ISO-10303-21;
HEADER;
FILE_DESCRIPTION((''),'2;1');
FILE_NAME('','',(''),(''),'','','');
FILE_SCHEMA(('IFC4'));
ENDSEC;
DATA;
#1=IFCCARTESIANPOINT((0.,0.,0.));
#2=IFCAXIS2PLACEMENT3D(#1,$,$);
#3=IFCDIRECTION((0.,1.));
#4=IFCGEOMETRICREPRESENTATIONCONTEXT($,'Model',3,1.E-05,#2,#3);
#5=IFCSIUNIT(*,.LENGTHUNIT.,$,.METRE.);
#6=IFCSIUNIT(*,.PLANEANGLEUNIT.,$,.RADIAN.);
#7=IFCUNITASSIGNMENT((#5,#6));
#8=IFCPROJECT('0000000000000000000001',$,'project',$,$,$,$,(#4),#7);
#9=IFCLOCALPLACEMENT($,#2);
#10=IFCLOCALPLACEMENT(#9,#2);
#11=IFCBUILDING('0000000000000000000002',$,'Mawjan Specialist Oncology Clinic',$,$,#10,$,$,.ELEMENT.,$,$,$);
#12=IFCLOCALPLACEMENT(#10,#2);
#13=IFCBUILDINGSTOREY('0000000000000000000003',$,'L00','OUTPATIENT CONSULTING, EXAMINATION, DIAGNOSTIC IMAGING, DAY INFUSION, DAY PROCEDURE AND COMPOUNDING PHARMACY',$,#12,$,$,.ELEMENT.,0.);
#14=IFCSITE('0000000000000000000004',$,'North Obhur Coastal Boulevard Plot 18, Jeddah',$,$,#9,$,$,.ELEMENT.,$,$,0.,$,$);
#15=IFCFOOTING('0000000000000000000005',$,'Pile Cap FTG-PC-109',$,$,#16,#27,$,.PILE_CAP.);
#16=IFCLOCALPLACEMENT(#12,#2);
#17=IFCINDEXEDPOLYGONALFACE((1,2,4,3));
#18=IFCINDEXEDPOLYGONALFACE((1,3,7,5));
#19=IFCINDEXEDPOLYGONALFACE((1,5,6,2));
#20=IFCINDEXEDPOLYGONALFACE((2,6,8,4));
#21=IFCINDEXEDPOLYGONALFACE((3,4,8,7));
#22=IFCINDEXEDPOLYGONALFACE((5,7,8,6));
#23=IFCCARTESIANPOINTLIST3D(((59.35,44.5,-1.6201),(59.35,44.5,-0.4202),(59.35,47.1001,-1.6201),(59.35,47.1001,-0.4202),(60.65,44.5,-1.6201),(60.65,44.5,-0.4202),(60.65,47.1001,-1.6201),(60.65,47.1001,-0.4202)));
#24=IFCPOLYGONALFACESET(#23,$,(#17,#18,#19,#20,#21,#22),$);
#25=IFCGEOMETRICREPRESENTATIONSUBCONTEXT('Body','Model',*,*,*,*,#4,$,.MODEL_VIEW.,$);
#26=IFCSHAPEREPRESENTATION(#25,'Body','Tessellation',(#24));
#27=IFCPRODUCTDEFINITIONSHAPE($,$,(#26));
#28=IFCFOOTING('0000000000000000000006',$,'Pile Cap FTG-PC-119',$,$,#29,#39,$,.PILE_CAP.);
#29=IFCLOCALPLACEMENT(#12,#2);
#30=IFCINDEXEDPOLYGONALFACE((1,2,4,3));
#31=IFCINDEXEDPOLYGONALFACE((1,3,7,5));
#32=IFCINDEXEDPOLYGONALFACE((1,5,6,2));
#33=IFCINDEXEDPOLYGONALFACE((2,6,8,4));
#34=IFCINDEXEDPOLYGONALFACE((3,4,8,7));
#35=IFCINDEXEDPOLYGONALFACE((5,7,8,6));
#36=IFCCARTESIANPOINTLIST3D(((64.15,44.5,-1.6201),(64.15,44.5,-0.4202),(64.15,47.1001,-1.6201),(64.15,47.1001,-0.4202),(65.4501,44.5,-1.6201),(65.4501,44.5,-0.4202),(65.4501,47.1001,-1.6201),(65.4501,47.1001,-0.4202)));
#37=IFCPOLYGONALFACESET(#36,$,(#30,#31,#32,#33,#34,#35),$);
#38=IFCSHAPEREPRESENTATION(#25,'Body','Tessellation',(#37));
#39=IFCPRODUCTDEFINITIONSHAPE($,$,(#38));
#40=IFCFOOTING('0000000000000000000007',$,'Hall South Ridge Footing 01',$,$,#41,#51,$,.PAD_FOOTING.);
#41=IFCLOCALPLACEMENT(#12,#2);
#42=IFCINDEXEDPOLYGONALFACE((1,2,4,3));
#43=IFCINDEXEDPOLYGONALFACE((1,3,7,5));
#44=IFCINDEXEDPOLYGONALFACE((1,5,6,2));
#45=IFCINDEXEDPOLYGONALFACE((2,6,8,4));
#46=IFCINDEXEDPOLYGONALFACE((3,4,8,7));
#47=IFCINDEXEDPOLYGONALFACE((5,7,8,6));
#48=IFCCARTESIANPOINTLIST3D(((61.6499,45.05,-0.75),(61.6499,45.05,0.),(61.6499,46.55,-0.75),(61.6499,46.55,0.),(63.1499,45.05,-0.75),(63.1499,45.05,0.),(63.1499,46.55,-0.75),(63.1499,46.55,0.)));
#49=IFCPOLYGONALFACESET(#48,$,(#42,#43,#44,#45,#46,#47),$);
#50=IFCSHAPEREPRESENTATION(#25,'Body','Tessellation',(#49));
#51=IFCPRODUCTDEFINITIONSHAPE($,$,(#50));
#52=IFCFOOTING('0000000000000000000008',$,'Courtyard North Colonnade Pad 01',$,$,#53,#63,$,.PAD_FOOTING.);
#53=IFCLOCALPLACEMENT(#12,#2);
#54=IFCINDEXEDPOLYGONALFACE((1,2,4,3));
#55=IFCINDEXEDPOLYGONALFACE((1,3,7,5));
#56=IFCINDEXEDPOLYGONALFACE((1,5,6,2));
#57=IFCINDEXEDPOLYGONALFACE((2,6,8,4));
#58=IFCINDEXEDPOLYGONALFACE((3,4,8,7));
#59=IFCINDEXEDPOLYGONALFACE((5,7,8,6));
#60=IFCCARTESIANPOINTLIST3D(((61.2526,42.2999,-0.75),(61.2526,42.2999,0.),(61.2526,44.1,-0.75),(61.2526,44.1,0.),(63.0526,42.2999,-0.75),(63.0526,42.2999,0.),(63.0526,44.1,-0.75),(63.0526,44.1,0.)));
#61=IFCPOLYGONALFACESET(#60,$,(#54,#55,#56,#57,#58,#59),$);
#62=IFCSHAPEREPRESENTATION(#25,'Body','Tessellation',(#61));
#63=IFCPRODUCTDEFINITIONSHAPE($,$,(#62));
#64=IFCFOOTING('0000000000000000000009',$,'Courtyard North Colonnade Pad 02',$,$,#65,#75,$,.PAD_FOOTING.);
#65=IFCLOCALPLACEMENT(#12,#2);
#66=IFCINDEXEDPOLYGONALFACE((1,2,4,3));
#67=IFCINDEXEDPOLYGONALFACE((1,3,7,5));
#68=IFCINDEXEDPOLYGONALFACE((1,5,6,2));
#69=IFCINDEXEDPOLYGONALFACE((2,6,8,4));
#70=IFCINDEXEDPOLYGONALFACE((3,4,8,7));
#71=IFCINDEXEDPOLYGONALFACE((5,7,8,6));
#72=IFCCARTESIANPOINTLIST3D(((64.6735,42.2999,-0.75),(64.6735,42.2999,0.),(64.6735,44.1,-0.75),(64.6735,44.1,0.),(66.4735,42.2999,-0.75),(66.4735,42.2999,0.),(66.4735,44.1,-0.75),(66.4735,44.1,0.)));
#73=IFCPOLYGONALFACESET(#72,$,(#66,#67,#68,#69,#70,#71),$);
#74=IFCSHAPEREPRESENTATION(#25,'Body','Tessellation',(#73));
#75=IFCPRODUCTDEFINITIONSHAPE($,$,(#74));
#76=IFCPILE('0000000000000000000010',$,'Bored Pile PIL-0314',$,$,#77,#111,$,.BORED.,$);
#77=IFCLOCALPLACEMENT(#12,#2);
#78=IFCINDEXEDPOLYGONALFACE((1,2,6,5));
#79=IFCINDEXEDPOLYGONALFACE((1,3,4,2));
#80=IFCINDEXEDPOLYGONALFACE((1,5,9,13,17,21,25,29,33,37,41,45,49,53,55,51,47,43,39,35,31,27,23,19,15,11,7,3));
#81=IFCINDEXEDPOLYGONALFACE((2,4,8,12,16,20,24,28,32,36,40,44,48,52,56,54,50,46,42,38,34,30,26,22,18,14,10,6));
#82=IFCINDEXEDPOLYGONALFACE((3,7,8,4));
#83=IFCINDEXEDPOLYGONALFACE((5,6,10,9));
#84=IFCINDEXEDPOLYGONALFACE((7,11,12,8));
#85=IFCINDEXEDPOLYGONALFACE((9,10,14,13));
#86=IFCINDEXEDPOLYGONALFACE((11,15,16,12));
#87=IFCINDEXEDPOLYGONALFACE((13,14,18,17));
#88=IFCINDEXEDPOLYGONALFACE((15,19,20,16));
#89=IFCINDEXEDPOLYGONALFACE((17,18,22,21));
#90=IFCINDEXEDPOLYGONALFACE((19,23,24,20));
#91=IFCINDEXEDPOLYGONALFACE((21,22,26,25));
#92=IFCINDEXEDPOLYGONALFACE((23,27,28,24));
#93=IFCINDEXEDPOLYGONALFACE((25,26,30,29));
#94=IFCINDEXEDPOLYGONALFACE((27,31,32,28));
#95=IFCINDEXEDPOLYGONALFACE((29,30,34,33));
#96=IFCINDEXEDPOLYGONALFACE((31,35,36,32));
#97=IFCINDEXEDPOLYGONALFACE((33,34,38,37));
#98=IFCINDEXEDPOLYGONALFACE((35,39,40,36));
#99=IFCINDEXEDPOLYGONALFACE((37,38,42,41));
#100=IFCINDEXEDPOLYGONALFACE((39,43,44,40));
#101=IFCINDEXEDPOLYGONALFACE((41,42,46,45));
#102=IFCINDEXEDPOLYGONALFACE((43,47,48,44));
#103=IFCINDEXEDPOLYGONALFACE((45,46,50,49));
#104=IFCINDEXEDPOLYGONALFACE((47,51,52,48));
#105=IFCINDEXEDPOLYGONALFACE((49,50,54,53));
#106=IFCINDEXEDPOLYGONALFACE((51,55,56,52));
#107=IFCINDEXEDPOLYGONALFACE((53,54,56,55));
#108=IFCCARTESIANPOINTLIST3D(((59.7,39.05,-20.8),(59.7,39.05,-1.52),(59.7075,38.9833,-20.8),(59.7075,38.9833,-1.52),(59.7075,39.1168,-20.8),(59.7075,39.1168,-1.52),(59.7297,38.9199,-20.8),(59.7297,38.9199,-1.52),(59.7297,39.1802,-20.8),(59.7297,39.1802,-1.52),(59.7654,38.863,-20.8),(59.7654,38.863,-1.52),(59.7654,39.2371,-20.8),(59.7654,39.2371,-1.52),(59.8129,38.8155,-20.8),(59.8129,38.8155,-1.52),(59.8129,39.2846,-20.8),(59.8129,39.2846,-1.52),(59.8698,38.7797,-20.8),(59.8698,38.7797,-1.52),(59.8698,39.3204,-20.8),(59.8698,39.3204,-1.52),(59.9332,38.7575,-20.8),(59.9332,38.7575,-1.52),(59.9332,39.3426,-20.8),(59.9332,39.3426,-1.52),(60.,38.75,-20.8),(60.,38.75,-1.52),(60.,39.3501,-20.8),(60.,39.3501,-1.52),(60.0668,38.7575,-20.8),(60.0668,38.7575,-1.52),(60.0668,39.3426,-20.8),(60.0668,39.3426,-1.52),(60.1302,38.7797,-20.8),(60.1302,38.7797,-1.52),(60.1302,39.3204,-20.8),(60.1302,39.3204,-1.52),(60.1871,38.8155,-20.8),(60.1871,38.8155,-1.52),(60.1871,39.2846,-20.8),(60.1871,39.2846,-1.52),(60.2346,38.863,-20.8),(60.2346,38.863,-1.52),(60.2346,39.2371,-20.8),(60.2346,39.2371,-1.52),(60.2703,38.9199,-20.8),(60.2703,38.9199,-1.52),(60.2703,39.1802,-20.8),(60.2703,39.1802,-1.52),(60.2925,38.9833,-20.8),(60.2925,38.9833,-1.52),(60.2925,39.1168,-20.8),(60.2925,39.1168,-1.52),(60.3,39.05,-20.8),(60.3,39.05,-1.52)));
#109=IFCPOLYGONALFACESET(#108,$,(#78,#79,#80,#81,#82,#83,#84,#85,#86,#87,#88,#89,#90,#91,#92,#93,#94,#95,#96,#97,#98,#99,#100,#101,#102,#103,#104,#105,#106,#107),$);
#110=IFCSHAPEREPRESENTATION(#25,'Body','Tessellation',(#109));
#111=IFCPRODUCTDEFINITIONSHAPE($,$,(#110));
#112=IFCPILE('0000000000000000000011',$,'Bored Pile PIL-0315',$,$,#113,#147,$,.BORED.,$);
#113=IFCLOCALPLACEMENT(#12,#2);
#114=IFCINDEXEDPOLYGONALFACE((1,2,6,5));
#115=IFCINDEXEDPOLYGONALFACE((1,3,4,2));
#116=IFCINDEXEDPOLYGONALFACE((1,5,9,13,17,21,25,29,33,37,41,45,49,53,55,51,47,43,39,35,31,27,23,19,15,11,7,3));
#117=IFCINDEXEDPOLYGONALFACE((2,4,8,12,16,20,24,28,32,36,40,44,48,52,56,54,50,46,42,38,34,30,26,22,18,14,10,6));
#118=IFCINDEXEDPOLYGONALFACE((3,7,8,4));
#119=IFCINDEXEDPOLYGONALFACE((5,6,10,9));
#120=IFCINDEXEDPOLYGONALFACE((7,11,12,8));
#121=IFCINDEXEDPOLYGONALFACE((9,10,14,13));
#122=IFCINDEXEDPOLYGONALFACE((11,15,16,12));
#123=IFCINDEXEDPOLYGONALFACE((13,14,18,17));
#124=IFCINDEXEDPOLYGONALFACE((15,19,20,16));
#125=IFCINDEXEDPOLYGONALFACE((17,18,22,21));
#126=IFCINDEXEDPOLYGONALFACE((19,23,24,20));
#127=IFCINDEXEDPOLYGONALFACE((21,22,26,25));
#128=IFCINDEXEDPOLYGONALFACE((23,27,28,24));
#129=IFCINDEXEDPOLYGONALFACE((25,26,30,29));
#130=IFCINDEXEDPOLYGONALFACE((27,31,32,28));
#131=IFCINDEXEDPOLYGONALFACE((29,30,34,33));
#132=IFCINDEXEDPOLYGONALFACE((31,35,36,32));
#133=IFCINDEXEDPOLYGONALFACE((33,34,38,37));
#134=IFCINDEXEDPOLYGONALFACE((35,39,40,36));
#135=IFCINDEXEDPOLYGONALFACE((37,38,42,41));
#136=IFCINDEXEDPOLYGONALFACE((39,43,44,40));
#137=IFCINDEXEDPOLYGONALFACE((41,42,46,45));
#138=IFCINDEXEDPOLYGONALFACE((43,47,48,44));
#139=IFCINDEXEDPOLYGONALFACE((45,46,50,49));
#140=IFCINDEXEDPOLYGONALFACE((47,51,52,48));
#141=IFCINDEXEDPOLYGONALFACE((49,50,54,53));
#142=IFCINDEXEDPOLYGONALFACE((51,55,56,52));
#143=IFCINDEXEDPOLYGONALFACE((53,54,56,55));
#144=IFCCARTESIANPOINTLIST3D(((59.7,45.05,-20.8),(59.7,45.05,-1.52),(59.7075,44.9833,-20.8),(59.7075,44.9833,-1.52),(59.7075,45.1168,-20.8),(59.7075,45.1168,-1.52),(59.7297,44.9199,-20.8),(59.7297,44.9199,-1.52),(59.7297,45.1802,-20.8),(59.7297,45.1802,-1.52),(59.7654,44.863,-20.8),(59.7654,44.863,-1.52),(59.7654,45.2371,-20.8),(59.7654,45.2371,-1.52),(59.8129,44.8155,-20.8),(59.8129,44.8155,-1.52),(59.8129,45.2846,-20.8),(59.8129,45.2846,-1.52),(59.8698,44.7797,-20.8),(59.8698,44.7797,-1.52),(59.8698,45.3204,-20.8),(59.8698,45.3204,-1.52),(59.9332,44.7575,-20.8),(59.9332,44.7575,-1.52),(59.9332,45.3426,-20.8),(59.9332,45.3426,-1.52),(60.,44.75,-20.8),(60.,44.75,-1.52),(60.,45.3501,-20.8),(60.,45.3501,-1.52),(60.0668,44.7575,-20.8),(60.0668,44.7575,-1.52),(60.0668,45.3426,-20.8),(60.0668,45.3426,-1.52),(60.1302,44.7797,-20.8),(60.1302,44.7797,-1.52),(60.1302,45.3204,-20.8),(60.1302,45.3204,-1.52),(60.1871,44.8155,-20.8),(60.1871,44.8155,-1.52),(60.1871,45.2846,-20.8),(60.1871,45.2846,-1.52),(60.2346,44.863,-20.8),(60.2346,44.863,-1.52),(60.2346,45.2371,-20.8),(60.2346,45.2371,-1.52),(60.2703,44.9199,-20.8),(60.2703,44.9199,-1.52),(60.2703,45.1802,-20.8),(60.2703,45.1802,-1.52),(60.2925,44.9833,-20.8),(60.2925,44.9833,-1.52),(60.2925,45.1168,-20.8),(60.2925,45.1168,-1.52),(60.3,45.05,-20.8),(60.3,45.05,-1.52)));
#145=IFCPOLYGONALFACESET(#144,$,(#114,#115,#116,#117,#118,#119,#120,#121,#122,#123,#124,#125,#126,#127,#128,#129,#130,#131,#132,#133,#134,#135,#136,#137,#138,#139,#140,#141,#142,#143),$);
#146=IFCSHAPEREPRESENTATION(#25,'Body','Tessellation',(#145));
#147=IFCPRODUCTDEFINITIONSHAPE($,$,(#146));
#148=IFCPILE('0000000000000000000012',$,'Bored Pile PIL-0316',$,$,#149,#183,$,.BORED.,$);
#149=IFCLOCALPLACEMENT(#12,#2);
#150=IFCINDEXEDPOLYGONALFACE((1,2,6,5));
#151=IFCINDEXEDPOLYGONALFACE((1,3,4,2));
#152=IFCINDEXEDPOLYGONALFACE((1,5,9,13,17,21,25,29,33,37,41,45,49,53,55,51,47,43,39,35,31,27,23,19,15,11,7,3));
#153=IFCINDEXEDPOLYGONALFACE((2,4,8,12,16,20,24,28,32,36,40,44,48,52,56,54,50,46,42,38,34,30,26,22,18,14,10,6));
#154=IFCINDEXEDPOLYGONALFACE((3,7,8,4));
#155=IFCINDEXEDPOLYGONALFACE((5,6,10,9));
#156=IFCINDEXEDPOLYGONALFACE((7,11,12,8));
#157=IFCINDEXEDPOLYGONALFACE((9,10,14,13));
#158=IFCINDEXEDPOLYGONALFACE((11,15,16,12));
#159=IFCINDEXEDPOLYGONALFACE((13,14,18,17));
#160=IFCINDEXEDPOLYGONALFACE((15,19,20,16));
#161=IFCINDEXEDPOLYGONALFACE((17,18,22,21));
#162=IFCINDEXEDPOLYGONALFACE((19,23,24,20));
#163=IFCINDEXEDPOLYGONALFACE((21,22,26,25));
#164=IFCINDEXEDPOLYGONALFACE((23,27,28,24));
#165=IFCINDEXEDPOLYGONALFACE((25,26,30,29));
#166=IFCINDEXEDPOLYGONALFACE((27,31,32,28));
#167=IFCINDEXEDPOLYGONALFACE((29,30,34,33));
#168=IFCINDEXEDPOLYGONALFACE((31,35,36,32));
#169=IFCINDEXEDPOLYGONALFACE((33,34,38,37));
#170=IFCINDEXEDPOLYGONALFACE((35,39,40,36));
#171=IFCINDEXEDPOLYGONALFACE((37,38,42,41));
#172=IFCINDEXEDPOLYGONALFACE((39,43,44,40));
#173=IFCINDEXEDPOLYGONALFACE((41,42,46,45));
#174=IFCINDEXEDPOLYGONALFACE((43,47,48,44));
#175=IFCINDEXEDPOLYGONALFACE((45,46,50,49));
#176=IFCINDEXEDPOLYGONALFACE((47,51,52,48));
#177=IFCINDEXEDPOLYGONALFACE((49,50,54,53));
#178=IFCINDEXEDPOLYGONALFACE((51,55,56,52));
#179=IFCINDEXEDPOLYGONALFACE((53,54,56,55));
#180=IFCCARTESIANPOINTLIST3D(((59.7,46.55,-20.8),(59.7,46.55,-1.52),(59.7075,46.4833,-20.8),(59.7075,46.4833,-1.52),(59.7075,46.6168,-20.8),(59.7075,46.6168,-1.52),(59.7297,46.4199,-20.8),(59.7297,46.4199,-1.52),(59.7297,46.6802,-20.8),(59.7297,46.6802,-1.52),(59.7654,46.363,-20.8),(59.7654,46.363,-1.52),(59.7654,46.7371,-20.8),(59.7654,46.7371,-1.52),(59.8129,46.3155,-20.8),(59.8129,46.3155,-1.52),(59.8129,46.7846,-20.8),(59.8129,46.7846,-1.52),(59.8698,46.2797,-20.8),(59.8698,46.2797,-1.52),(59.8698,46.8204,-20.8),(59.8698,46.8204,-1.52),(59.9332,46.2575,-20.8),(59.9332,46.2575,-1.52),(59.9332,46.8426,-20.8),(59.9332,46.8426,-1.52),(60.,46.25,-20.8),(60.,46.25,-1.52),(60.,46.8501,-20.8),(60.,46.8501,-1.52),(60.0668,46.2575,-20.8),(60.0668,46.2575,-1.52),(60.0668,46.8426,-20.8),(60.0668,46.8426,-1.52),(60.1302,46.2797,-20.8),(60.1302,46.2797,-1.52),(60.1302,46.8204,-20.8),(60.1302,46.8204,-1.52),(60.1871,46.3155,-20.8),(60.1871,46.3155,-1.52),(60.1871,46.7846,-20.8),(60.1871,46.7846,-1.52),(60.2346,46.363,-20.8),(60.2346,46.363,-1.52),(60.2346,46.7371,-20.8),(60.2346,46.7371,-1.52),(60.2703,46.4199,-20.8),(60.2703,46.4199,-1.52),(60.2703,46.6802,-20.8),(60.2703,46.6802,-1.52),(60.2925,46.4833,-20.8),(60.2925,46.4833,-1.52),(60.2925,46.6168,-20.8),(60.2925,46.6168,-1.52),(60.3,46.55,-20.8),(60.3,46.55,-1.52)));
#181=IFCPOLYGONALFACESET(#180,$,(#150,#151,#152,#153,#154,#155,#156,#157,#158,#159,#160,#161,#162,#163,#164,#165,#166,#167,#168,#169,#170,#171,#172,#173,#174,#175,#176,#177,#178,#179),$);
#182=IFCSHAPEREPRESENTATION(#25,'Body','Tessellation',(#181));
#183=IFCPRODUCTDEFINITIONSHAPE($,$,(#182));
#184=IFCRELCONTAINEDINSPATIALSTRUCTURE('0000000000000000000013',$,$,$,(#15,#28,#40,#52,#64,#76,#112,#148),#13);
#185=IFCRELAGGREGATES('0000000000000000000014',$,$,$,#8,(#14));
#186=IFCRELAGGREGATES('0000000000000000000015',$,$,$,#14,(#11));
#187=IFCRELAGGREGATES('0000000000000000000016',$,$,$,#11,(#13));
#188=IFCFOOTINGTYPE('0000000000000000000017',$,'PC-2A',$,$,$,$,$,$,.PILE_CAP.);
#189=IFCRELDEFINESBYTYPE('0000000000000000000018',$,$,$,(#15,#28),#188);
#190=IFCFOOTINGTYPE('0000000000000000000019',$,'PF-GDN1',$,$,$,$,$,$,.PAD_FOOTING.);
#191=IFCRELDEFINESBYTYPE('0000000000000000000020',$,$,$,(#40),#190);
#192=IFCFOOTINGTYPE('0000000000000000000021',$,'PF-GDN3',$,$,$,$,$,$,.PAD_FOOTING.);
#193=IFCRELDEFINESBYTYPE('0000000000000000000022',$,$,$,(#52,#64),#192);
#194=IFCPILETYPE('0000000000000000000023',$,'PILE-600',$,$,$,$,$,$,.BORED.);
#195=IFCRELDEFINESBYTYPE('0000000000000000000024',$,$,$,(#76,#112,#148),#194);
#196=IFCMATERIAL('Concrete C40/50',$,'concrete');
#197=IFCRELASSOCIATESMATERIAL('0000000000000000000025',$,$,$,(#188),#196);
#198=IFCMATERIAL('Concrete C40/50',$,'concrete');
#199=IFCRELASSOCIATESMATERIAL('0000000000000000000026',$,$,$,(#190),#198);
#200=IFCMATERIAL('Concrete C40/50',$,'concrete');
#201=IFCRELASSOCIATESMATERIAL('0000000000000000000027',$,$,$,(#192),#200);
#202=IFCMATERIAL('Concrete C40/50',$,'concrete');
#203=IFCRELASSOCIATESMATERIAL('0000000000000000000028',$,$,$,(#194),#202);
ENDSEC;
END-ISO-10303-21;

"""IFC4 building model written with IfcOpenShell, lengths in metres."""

from ifc_helpers import new_model, si_unit, direction, frame, origin, origin_2d, place, context, subcontext, project, spatial, rectangle, circle, extrude, material, material_profile, profile_set, type_object, element, save


model = new_model("IFC4")

# Units and contexts
model_context = context("Model", 3, precision=1e-05, world=origin(), true_north=direction((0.0, 1.0)))
body_context = subcontext(model_context, "Body", "Model", "MODEL_VIEW")
ifc_project = project(units=[si_unit("LENGTHUNIT", "METRE"), si_unit("PLANEANGLEUNIT", "RADIAN")], contexts=[model_context])

# Site, building, storey
site_placement = place(None, origin())
site = spatial("IfcSite", under=ifc_project, at=site_placement, Name="North Obhur Coastal Boulevard Plot 18, Jeddah", CompositionType="ELEMENT", RefElevation=0.0)
building_placement = place(site_placement, origin())
building = spatial("IfcBuilding", under=site, at=building_placement, Name="Mawjan Specialist Oncology Clinic", CompositionType="ELEMENT")
storey_placement = place(building_placement, origin())
storey = spatial("IfcBuildingStorey", under=building, at=storey_placement, Name="L00", Description="OUTPATIENT CONSULTING, EXAMINATION, DIAGNOSTIC IMAGING, DAY INFUSION, DAY PROCEDURE AND COMPOUNDING PHARMACY", CompositionType="ELEMENT", Elevation=0.0)

# Footings
ifc_material_1 = material(Name="Concrete C40/50", Category="concrete")
footing_type_1 = type_object("IfcFootingType", Name="PC-2A", PredefinedType="PILE_CAP", material=ifc_material_1)
for number, where, z_axis, x_axis, name in (
    (1, (60.0, 45.8, -1.6201), (0.0, 0.0, 1.0), (0.0, 1.0, 0.0), "Pile Cap FTG-PC-109"),
    (2, (64.8, 45.8, -1.6201), (0.0, 0.0, 1.0), (0.0, 1.0, 0.0), "Pile Cap FTG-PC-119"),
):
    element("IfcFooting", number, at=place(storey_placement, frame(where, z_axis=z_axis, x_axis=x_axis)), inside=storey, type_object=footing_type_1, Name=name, PredefinedType="PILE_CAP", context=body_context, shape_type="SweptSolid", body=[
        extrude(rectangle(XDim=2.6001, YDim=1.3, at=origin_2d()), origin(), (0.0, 0.0, 1.0), 1.2),
    ])
ifc_material_2 = material(Name="Concrete C40/50", Category="concrete")
footing_type_2 = type_object("IfcFootingType", Name="PF-GDN1", PredefinedType="PAD_FOOTING", material=ifc_material_2)
footing_1_placement = place(storey_placement, frame((62.3999, 45.8, -0.75), z_axis=(0.0, 0.0, 1.0), x_axis=(1.0, 0.0, 0.0)))
element("IfcFooting", 3, at=footing_1_placement, inside=storey, type_object=footing_type_2, Name="Hall South Ridge Footing 01", PredefinedType="PAD_FOOTING", context=body_context, shape_type="SweptSolid", body=[
    extrude(rectangle(XDim=1.5, YDim=1.5, at=origin_2d()), origin(), (0.0, 0.0, 1.0), 0.75),
])
ifc_material_3 = material(Name="Concrete C40/50", Category="concrete")
footing_type_3 = type_object("IfcFootingType", Name="PF-GDN3", PredefinedType="PAD_FOOTING", material=ifc_material_3)
for number, where, z_axis, x_axis, name in (
    (4, (62.1526, 43.2, -0.75), (0.0, 0.0, 1.0), (1.0, 0.0, 0.0), "Courtyard North Colonnade Pad 01"),
    (5, (65.5735, 43.2, -0.75), (0.0, 0.0, 1.0), (1.0, 0.0, 0.0), "Courtyard North Colonnade Pad 02"),
):
    element("IfcFooting", number, at=place(storey_placement, frame(where, z_axis=z_axis, x_axis=x_axis)), inside=storey, type_object=footing_type_3, Name=name, PredefinedType="PAD_FOOTING", context=body_context, shape_type="SweptSolid", body=[
        extrude(rectangle(XDim=1.8, YDim=1.8, at=origin_2d()), origin(), (0.0, 0.0, 1.0), 0.75),
    ])

# Piles
ifc_material_4 = material(Name="Concrete C40/50", Category="concrete")
ifc_material_profile_1 = material_profile(ifc_material_4, circle(Radius=0.3, at=origin_2d()), Name="BORED PILE D600", Category="concrete")
ifc_profile_set_1 = profile_set([ifc_material_profile_1], Name="Concrete C40/50")
pile_type = type_object("IfcPileType", Name="PILE-600", PredefinedType="BORED", material=ifc_profile_set_1)
for number, where, z_axis, x_axis, name in (
    (6, (60.0, 39.05, -1.52), (0.0, 0.0, -1.0), (1.0, 0.0, 0.0), "Bored Pile PIL-0314"),
    (7, (60.0, 45.05, -1.52), (0.0, 0.0, -1.0), (1.0, 0.0, 0.0), "Bored Pile PIL-0315"),
    (8, (60.0, 46.55, -1.52), (0.0, 0.0, -1.0), (1.0, 0.0, 0.0), "Bored Pile PIL-0316"),
):
    element("IfcPile", number, at=place(storey_placement, frame(where, z_axis=z_axis, x_axis=x_axis)), inside=storey, type_object=pile_type, Name=name, PredefinedType="BORED", context=body_context, shape_type="SweptSolid", body=[
        extrude(circle(Radius=0.3, at=origin_2d()), origin(), (0.0, 0.0, 1.0), 19.28),
    ])

save(model, "model.ifc")
